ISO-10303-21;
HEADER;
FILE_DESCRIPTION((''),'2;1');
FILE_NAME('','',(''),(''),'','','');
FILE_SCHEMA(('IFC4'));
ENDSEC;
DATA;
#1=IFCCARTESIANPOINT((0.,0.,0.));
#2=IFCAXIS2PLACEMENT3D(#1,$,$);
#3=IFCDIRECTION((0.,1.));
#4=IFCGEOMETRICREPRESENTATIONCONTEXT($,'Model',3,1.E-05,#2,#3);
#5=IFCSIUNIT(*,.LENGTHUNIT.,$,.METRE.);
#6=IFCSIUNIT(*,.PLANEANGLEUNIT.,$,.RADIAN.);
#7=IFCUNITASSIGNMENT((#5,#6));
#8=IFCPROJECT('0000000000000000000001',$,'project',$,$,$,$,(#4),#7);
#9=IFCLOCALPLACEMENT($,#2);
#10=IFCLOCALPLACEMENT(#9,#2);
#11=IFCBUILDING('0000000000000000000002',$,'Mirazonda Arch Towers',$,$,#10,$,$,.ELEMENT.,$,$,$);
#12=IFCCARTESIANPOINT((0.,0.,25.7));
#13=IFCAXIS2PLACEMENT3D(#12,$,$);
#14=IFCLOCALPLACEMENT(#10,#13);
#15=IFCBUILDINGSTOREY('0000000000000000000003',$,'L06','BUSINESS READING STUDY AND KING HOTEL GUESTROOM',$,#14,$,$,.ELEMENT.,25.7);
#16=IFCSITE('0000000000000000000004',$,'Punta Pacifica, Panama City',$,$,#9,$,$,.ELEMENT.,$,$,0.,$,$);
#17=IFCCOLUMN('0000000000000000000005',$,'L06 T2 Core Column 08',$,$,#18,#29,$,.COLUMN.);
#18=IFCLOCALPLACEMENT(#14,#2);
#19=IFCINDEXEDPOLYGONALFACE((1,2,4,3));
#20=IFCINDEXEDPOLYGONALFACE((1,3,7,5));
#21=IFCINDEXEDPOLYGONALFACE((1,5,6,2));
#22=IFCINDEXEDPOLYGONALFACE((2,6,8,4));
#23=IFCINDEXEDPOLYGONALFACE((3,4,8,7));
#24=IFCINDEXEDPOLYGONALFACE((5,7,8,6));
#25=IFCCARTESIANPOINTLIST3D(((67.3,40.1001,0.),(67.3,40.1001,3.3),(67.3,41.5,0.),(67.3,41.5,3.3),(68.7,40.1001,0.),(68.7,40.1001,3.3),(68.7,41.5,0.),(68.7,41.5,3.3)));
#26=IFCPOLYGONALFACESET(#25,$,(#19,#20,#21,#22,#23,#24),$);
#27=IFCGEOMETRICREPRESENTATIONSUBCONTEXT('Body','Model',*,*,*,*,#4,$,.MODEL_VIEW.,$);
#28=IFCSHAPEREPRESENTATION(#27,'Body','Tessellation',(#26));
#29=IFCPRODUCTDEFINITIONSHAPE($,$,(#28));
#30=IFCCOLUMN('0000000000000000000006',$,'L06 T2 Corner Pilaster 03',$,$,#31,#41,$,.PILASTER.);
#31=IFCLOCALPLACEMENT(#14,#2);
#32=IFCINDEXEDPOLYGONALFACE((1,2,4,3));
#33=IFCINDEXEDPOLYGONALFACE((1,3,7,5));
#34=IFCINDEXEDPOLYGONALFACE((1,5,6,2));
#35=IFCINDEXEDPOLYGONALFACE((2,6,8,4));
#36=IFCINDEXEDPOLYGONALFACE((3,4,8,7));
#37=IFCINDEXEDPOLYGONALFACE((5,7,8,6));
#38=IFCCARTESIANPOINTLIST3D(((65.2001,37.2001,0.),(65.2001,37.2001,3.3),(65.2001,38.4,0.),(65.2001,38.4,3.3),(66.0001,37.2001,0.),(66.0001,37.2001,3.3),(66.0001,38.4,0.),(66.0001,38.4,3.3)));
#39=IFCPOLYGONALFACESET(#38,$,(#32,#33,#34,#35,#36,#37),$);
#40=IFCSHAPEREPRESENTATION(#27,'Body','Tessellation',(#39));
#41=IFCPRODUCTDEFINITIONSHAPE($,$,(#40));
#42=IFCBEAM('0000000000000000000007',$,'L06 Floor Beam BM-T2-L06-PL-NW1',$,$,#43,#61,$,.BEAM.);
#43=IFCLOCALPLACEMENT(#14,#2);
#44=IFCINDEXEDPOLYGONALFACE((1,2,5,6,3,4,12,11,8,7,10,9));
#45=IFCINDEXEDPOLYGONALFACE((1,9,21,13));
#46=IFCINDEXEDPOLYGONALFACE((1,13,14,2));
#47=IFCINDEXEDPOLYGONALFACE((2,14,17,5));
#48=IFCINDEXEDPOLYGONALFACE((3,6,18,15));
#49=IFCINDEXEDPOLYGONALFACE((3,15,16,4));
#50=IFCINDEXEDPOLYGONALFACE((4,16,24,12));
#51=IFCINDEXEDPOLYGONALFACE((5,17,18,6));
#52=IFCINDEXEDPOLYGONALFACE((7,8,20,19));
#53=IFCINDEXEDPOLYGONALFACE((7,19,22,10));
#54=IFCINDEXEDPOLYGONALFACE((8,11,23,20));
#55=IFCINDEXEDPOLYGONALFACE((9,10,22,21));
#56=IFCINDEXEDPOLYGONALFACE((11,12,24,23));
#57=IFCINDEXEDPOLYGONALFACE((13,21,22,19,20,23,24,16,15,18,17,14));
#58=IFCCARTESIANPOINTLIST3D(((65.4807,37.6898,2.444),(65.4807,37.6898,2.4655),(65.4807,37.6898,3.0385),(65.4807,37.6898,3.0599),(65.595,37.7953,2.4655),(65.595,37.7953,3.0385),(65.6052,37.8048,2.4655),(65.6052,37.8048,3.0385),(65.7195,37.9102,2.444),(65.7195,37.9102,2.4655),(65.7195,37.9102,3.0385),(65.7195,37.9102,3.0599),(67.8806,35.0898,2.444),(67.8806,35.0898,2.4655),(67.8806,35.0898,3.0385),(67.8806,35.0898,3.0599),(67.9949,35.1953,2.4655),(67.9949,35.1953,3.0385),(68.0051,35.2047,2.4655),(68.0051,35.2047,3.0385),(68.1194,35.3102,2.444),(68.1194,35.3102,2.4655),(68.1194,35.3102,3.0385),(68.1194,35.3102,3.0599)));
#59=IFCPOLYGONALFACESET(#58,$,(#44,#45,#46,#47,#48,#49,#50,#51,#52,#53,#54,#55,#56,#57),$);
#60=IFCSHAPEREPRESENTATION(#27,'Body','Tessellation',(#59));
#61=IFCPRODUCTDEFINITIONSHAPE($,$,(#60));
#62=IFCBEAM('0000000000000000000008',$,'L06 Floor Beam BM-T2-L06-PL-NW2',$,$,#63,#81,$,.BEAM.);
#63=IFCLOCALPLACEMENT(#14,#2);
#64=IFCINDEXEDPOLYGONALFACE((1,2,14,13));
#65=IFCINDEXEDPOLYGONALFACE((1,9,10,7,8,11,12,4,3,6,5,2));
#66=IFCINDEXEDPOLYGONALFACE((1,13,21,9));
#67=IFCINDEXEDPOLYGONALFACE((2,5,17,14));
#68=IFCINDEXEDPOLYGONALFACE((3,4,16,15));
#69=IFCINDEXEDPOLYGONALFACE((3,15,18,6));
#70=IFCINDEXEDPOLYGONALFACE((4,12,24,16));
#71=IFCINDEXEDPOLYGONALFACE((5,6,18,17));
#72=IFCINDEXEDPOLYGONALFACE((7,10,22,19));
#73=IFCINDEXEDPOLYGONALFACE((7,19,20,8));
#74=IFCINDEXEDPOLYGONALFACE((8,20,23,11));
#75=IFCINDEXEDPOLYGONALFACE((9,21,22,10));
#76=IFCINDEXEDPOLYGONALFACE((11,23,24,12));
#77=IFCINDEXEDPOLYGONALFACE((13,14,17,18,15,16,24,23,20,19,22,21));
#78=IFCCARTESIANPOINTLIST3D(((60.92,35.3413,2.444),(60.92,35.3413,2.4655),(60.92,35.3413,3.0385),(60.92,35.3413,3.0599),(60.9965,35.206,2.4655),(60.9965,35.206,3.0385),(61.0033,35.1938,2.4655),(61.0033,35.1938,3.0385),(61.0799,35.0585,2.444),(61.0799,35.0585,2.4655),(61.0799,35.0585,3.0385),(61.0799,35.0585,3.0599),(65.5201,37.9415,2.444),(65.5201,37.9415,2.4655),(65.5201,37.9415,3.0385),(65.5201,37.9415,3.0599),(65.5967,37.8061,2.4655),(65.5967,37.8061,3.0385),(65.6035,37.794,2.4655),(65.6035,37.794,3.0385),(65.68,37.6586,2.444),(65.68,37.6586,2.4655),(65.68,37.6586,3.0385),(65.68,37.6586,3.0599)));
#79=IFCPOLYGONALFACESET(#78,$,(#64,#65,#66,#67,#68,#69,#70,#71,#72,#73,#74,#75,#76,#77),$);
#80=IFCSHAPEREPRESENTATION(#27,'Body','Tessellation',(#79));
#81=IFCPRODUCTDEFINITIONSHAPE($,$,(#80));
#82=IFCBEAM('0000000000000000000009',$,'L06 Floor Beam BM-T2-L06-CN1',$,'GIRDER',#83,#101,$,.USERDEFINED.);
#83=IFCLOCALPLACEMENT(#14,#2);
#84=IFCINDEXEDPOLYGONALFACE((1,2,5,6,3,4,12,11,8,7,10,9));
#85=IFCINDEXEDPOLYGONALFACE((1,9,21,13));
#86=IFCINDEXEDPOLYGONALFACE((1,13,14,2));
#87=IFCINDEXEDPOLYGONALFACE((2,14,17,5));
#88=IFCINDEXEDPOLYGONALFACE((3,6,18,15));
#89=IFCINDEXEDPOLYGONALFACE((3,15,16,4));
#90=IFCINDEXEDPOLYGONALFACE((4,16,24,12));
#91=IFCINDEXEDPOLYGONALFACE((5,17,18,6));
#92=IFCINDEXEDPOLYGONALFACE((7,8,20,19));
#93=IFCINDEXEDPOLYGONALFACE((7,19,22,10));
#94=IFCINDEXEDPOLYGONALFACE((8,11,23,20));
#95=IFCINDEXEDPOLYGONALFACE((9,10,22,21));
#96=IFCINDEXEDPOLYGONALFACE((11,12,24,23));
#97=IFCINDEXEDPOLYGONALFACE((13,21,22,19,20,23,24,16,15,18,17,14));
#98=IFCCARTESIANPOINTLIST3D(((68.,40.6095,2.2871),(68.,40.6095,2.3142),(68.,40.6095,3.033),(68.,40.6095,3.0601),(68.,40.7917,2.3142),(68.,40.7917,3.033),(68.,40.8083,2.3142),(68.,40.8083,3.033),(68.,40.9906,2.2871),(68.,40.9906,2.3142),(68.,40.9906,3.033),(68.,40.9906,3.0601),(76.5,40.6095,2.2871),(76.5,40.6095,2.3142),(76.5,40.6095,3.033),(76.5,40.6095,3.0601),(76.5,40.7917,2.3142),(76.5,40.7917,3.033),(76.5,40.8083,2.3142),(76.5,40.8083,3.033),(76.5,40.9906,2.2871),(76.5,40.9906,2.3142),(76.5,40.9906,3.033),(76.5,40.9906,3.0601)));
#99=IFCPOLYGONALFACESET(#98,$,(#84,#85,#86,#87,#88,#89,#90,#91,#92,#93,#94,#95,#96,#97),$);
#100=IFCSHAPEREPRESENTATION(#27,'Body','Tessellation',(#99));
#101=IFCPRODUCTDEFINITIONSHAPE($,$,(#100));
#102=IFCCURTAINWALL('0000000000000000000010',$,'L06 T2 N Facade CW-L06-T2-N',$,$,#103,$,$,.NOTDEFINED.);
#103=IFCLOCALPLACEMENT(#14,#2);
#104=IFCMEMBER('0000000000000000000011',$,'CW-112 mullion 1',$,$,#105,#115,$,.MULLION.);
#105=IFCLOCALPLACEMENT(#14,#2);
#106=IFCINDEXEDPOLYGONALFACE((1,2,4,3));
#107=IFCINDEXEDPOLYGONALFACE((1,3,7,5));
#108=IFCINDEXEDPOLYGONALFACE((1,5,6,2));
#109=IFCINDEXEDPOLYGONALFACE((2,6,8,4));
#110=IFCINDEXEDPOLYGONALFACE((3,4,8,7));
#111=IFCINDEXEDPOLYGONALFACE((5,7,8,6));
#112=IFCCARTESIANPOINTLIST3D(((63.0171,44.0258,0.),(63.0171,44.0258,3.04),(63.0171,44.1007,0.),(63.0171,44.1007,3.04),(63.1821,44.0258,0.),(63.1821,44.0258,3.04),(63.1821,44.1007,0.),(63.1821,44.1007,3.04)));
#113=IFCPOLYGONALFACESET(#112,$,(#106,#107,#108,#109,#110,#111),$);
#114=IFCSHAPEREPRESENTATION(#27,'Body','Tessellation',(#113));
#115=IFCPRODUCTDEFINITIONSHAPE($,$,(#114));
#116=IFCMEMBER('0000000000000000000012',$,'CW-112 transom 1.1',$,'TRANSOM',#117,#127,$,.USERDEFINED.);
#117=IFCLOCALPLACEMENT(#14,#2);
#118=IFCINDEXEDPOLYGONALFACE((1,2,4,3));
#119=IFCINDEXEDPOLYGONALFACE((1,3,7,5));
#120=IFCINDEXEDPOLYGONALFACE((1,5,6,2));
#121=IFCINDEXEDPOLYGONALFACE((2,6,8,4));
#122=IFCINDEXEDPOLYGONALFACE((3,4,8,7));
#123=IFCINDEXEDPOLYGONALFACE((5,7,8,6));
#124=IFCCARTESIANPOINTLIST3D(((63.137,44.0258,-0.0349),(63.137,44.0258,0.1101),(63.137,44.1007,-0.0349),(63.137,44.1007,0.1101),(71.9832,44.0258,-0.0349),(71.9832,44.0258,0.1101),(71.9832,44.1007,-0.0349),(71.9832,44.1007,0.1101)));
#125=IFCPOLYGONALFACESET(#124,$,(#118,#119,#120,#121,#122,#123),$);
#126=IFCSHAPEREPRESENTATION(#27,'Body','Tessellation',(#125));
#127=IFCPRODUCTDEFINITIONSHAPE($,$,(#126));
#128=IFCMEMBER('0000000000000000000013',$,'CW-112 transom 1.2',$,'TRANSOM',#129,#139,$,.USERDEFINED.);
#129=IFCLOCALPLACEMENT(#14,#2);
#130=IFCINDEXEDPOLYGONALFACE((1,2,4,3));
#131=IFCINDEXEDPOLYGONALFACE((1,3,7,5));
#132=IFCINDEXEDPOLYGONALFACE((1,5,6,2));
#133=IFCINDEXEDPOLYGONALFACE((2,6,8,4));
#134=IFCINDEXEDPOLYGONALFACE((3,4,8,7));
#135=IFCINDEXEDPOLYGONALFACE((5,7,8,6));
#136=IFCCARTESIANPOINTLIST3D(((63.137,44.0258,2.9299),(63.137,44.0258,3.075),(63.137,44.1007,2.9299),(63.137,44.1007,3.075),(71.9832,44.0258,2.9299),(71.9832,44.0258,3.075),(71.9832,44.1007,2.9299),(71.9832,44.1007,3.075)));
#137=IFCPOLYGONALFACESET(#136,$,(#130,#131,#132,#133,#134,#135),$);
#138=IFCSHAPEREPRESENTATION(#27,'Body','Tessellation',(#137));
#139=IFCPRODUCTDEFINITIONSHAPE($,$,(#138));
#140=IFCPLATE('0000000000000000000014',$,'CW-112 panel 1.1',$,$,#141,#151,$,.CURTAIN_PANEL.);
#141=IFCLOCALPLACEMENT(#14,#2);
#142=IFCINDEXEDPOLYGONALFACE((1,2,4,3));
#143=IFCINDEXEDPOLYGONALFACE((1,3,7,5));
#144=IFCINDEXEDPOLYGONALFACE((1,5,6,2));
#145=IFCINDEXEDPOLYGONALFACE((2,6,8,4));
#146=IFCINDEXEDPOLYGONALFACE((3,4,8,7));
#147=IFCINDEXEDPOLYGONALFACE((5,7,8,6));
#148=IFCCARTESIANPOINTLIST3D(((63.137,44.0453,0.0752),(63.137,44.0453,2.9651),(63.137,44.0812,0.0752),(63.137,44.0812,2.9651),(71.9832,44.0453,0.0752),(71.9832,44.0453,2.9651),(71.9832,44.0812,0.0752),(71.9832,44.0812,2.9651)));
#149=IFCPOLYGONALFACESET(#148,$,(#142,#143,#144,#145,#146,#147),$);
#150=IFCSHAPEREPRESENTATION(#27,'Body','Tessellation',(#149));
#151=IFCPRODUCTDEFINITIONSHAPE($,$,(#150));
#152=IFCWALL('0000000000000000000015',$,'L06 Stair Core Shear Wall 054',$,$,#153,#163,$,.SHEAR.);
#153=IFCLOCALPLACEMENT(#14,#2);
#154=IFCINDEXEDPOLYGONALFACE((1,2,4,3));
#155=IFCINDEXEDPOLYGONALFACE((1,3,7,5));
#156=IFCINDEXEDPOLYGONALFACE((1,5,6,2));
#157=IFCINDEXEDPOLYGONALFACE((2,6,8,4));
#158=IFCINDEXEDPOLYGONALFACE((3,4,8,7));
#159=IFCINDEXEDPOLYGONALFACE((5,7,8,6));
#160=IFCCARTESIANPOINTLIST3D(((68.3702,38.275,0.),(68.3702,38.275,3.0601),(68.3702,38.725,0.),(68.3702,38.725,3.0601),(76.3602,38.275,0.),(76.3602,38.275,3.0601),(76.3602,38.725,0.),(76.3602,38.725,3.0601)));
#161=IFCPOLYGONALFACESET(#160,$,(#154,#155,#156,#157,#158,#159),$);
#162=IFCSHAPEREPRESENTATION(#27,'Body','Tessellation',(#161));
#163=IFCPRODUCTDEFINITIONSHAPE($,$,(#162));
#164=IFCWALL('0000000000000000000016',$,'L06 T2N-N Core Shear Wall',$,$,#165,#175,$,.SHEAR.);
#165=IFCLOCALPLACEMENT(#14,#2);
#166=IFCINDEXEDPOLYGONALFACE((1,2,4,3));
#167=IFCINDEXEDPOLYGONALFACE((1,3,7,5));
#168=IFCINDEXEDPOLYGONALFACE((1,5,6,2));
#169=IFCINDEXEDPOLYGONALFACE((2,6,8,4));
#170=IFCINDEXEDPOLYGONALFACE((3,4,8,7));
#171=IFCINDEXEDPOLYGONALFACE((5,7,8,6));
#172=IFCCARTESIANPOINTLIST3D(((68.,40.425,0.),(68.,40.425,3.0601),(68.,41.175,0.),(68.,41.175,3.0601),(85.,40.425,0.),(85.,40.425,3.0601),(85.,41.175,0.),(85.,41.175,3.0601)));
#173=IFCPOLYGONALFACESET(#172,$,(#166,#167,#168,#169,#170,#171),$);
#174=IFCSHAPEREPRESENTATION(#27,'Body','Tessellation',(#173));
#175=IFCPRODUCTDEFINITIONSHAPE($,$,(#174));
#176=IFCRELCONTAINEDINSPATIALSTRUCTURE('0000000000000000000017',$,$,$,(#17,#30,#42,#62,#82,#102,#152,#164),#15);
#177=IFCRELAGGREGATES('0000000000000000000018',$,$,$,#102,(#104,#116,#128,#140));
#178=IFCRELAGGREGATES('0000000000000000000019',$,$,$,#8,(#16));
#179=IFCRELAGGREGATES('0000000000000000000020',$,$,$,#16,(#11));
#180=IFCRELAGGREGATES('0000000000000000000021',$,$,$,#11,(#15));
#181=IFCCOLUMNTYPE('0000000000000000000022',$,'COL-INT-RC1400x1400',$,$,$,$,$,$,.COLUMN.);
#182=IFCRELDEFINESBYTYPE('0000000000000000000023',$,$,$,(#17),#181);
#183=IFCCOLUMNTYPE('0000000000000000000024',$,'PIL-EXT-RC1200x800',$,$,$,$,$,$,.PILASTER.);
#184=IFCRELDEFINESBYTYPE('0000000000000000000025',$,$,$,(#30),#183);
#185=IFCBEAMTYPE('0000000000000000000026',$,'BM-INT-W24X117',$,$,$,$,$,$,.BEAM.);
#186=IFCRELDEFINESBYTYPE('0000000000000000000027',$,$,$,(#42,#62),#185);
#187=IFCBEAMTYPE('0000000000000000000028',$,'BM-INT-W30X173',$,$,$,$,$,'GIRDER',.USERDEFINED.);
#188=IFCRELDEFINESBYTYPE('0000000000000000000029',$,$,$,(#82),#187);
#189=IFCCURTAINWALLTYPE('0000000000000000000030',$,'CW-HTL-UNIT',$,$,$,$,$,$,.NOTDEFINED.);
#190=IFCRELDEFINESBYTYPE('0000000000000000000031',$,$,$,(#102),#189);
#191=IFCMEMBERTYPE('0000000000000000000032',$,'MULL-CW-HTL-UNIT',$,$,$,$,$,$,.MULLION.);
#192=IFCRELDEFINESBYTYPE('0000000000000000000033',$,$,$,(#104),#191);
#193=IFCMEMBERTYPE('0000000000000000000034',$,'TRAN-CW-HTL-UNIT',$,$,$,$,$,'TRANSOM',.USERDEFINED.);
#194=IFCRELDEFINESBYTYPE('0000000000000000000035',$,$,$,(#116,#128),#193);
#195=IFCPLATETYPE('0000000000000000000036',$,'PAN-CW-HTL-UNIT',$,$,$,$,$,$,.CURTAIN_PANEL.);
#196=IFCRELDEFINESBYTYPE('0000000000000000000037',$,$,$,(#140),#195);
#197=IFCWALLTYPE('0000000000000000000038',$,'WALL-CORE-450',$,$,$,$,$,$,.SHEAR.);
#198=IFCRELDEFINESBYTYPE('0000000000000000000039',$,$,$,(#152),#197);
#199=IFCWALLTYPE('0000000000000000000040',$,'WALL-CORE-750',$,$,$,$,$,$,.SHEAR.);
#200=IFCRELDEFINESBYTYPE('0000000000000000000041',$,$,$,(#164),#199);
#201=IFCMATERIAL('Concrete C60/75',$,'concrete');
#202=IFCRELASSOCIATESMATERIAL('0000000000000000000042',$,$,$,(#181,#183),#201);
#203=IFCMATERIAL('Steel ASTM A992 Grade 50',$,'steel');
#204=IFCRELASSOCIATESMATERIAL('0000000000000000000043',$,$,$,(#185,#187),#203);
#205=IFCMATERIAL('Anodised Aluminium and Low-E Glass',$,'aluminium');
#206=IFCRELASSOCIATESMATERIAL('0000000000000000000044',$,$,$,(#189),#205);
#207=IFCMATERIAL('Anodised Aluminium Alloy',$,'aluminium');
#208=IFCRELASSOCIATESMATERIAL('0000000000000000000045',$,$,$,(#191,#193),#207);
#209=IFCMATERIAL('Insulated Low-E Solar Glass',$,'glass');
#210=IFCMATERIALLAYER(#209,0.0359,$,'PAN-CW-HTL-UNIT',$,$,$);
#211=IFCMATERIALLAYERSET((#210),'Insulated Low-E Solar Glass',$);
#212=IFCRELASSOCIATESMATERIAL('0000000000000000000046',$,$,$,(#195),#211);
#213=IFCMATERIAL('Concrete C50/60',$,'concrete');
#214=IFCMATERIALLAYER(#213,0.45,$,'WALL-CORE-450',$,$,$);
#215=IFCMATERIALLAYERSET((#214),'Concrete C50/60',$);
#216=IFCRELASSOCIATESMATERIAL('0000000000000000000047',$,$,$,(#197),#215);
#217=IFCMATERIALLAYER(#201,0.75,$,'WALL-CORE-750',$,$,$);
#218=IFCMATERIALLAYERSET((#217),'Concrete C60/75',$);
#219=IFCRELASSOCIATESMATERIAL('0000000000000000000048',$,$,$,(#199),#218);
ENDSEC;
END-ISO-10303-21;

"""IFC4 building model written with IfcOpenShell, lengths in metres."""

from ifc_helpers import new_model, si_unit, direction, frame, frame_2d, origin, origin_2d, place, context, subcontext, project, spatial, rectangle, i_section, extrude, material, layer, layer_set, material_profile, profile_set, type_object, element, aggregate, save


model = new_model("IFC4")

# Units and contexts
model_context = context("Model", 3, precision=1e-05, world=origin(), true_north=direction((0.0, 1.0)))
body_context = subcontext(model_context, "Body", "Model", "MODEL_VIEW")
ifc_project = project(units=[si_unit("LENGTHUNIT", "METRE"), si_unit("PLANEANGLEUNIT", "RADIAN")], contexts=[model_context])

# Site, building, storey
site_placement = place(None, origin())
site = spatial("IfcSite", under=ifc_project, at=site_placement, Name="Punta Pacifica, Panama City", CompositionType="ELEMENT", RefElevation=0.0)
building_placement = place(site_placement, origin())
building = spatial("IfcBuilding", under=site, at=building_placement, Name="Mirazonda Arch Towers", CompositionType="ELEMENT")
storey_placement = place(building_placement, frame((0.0, 0.0, 25.7)))
storey = spatial("IfcBuildingStorey", under=building, at=storey_placement, Name="L06", Description="BUSINESS READING STUDY AND KING HOTEL GUESTROOM", CompositionType="ELEMENT", Elevation=25.7)

# Columns
ifc_material_1 = material(Name="Concrete C60/75", Category="concrete")
ifc_material_profile_1 = material_profile(ifc_material_1, rectangle(XDim=1.3999, YDim=1.3999, at=origin_2d()), Name="RC1400x1400")
ifc_profile_set_1 = profile_set([ifc_material_profile_1], Name="Concrete C60/75")
column_type_1 = type_object("IfcColumnType", Name="COL-INT-RC1400x1400", PredefinedType="COLUMN", material=ifc_profile_set_1)
column_1_placement = place(storey_placement, frame((68.0, 40.8, 0.0), z_axis=(0.0, 0.0, 1.0), x_axis=(1.0, 0.0, 0.0)))
element("IfcColumn", 1, at=column_1_placement, inside=storey, type_object=column_type_1, Name="L06 T2 Core Column 08", PredefinedType="COLUMN", context=body_context, shape_type="SweptSolid", body=[
    extrude(rectangle(XDim=1.3999, YDim=1.3999, at=origin_2d()), origin(), (0.0, 0.0, 1.0), 3.3),
])
ifc_material_profile_2 = material_profile(ifc_material_1, rectangle(XDim=0.8, YDim=1.2, at=origin_2d()), Name="RC1200x800")
ifc_profile_set_2 = profile_set([ifc_material_profile_2], Name="Concrete C60/75")
column_type_2 = type_object("IfcColumnType", Name="PIL-EXT-RC1200x800", PredefinedType="PILASTER", material=ifc_profile_set_2)
column_2_placement = place(storey_placement, frame((65.6001, 37.8, 0.0), z_axis=(0.0, 0.0, 1.0), x_axis=(1.0, 0.0, 0.0)))
element("IfcColumn", 2, at=column_2_placement, inside=storey, type_object=column_type_2, Name="L06 T2 Corner Pilaster 03", PredefinedType="PILASTER", context=body_context, shape_type="SweptSolid", body=[
    extrude(rectangle(XDim=0.8, YDim=1.2, at=origin_2d()), origin(), (0.0, 0.0, 1.0), 3.3),
])

# Beams
ifc_material_2 = material(Name="Steel ASTM A992 Grade 50", Category="steel")
ifc_material_profile_3 = material_profile(ifc_material_2, i_section(OverallWidth=0.325, OverallDepth=0.616, WebThickness=0.0139, FlangeThickness=0.0215, at=origin_2d()), Name="W24X117")
ifc_profile_set_3 = profile_set([ifc_material_profile_3], Name="Steel ASTM A992 Grade 50")
beam_type_1 = type_object("IfcBeamType", Name="BM-INT-W24X117", PredefinedType="BEAM", material=ifc_profile_set_3)
beam_1_placement = place(storey_placement, frame((65.6001, 37.8, 2.752), z_axis=(0.678251, -0.73483, 0.0), x_axis=(0.73483, 0.678251, 0.0)))
element("IfcBeam", 3, at=beam_1_placement, inside=storey, type_object=beam_type_1, Name="L06 Floor Beam BM-T2-L06-PL-NW1", PredefinedType="BEAM", context=body_context, shape_type="SweptSolid", body=[
    extrude(i_section(OverallWidth=0.325, OverallDepth=0.616, WebThickness=0.0139, FlangeThickness=0.0215, at=origin_2d()), origin(), (0.0, 0.0, 1.0), 3.5383),
])
beam_2_placement = place(storey_placement, frame((65.6001, 37.8, 2.752), z_axis=(-0.870559, -0.492063, 0.0), x_axis=(0.492063, -0.870559, 0.0)))
element("IfcBeam", 4, at=beam_2_placement, inside=storey, type_object=beam_type_1, Name="L06 Floor Beam BM-T2-L06-PL-NW2", PredefinedType="BEAM", context=body_context, shape_type="SweptSolid", body=[
    extrude(i_section(OverallWidth=0.325, OverallDepth=0.616, WebThickness=0.0139, FlangeThickness=0.0215, at=origin_2d()), origin(), (0.0, 0.0, 1.0), 5.2842),
])
ifc_material_profile_4 = material_profile(ifc_material_2, i_section(OverallWidth=0.3811, OverallDepth=0.7729, WebThickness=0.0166, FlangeThickness=0.0271, at=origin_2d()), Name="W30X173")
ifc_profile_set_4 = profile_set([ifc_material_profile_4], Name="Steel ASTM A992 Grade 50")
beam_type_2 = type_object("IfcBeamType", Name="BM-INT-W30X173", ElementType="GIRDER", PredefinedType="USERDEFINED", material=ifc_profile_set_4)
beam_3_placement = place(storey_placement, frame((68.0, 40.8, 2.6736), z_axis=(1.0, 0.0, 0.0), x_axis=(0.0, 1.0, 0.0)))
element("IfcBeam", 5, at=beam_3_placement, inside=storey, type_object=beam_type_2, Name="L06 Floor Beam BM-T2-L06-CN1", ObjectType="GIRDER", PredefinedType="USERDEFINED", context=body_context, shape_type="SweptSolid", body=[
    extrude(i_section(OverallWidth=0.3811, OverallDepth=0.7729, WebThickness=0.0166, FlangeThickness=0.0271, at=origin_2d()), origin(), (0.0, 0.0, 1.0), 8.5),
])

# Curtain wall, members, plate
ifc_material_3 = material(Name="Anodised Aluminium and Low-E Glass", Category="aluminium")
curtain_wall_type = type_object("IfcCurtainWallType", Name="CW-HTL-UNIT", PredefinedType="NOTDEFINED", material=ifc_material_3)
curtain_wall_placement = place(storey_placement, origin())
curtain_wall = element("IfcCurtainWall", 6, at=curtain_wall_placement, inside=storey, type_object=curtain_wall_type, Name="L06 T2 N Facade CW-L06-T2-N", PredefinedType="NOTDEFINED")
ifc_material_4 = material(Name="Anodised Aluminium Alloy", Category="aluminium")
ifc_material_profile_5 = material_profile(ifc_material_4, rectangle(XDim=0.075, YDim=0.165, at=origin_2d()), Name="ALU-MULL-75x165")
ifc_profile_set_5 = profile_set([ifc_material_profile_5], Name="Anodised Aluminium Alloy")
member_type_1 = type_object("IfcMemberType", Name="MULL-CW-HTL-UNIT", PredefinedType="MULLION", material=ifc_profile_set_5)
member_1_placement = place(storey_placement, frame((63.0996, 44.0632, 0.0), z_axis=(0.0, 0.0, 1.0), x_axis=(0.0, 1.0, 0.0)))
member_1 = element("IfcMember", 7, at=member_1_placement, type_object=member_type_1, Name="CW-112 mullion 1", PredefinedType="MULLION", context=body_context, shape_type="SweptSolid", body=[
    extrude(rectangle(XDim=0.075, YDim=0.165, at=origin_2d()), origin(), (0.0, 0.0, 1.0), 3.04),
])
ifc_material_profile_6 = material_profile(ifc_material_4, rectangle(XDim=0.075, YDim=0.145, at=origin_2d()), Name="ALU-TRAN-75x145")
ifc_profile_set_6 = profile_set([ifc_material_profile_6], Name="Anodised Aluminium Alloy")
member_type_2 = type_object("IfcMemberType", Name="TRAN-CW-HTL-UNIT", ElementType="TRANSOM", PredefinedType="USERDEFINED", material=ifc_profile_set_6)
member_2_placement = place(storey_placement, frame((63.137, 44.0632, 0.0376), z_axis=(1.0, 0.0, 0.0), x_axis=(0.0, 1.0, 0.0)))
member_2 = element("IfcMember", 8, at=member_2_placement, type_object=member_type_2, Name="CW-112 transom 1.1", ObjectType="TRANSOM", PredefinedType="USERDEFINED", context=body_context, shape_type="SweptSolid", body=[
    extrude(rectangle(XDim=0.075, YDim=0.145, at=origin_2d()), origin(), (0.0, 0.0, 1.0), 8.8462),
])
member_3_placement = place(storey_placement, frame((63.137, 44.0632, 3.0024), z_axis=(1.0, 0.0, 0.0), x_axis=(0.0, 1.0, 0.0)))
member_3 = element("IfcMember", 9, at=member_3_placement, type_object=member_type_2, Name="CW-112 transom 1.2", ObjectType="TRANSOM", PredefinedType="USERDEFINED", context=body_context, shape_type="SweptSolid", body=[
    extrude(rectangle(XDim=0.075, YDim=0.145, at=origin_2d()), origin(), (0.0, 0.0, 1.0), 8.8462),
])
ifc_material_5 = material(Name="Insulated Low-E Solar Glass", Category="glass")
ifc_layer_1 = layer(ifc_material_5, 0.0359, Name="PAN-CW-HTL-UNIT")
ifc_layer_set_1 = layer_set([ifc_layer_1], Name="Insulated Low-E Solar Glass")
plate_type = type_object("IfcPlateType", Name="PAN-CW-HTL-UNIT", PredefinedType="CURTAIN_PANEL", material=ifc_layer_set_1)
plate_placement = place(storey_placement, frame((67.5601, 44.0632, 0.0752), z_axis=(0.0, 0.0, 1.0), x_axis=(1.0, 0.0, 0.0)))
plate = element("IfcPlate", 10, at=plate_placement, type_object=plate_type, Name="CW-112 panel 1.1", PredefinedType="CURTAIN_PANEL", context=body_context, shape_type="SweptSolid", body=[
    extrude(rectangle(XDim=8.8462, YDim=0.0359, at=origin_2d()), origin(), (0.0, 0.0, 1.0), 2.8899),
])
aggregate(curtain_wall, [member_1, member_2, member_3, plate])

# Walls
ifc_material_6 = material(Name="Concrete C50/60", Category="concrete")
ifc_layer_2 = layer(ifc_material_6, 0.45, Name="WALL-CORE-450")
ifc_layer_set_2 = layer_set([ifc_layer_2], Name="Concrete C50/60")
wall_type_1 = type_object("IfcWallType", Name="WALL-CORE-450", PredefinedType="SHEAR", material=ifc_layer_set_2)
wall_1_placement = place(storey_placement, frame((68.3701, 38.5, 0.0), z_axis=(0.0, 0.0, 1.0), x_axis=(1.0, 0.0, 0.0)))
element("IfcWall", 11, at=wall_1_placement, inside=storey, type_object=wall_type_1, Name="L06 Stair Core Shear Wall 054", PredefinedType="SHEAR", context=body_context, shape_type="SweptSolid", body=[
    extrude(rectangle(XDim=7.99, YDim=0.45, at=frame_2d((3.9951, 0.0))), origin(), (0.0, 0.0, 1.0), 3.0601),
])
ifc_layer_3 = layer(ifc_material_1, 0.75, Name="WALL-CORE-750")
ifc_layer_set_3 = layer_set([ifc_layer_3], Name="Concrete C60/75")
wall_type_2 = type_object("IfcWallType", Name="WALL-CORE-750", PredefinedType="SHEAR", material=ifc_layer_set_3)
wall_2_placement = place(storey_placement, frame((68.0, 40.8, 0.0), z_axis=(0.0, 0.0, 1.0), x_axis=(1.0, 0.0, 0.0)))
element("IfcWall", 12, at=wall_2_placement, inside=storey, type_object=wall_type_2, Name="L06 T2N-N Core Shear Wall", PredefinedType="SHEAR", context=body_context, shape_type="SweptSolid", body=[
    extrude(rectangle(XDim=17.0, YDim=0.75, at=frame_2d((8.5, 0.0))), origin(), (0.0, 0.0, 1.0), 3.0601),
])

save(model, "model.ifc")
